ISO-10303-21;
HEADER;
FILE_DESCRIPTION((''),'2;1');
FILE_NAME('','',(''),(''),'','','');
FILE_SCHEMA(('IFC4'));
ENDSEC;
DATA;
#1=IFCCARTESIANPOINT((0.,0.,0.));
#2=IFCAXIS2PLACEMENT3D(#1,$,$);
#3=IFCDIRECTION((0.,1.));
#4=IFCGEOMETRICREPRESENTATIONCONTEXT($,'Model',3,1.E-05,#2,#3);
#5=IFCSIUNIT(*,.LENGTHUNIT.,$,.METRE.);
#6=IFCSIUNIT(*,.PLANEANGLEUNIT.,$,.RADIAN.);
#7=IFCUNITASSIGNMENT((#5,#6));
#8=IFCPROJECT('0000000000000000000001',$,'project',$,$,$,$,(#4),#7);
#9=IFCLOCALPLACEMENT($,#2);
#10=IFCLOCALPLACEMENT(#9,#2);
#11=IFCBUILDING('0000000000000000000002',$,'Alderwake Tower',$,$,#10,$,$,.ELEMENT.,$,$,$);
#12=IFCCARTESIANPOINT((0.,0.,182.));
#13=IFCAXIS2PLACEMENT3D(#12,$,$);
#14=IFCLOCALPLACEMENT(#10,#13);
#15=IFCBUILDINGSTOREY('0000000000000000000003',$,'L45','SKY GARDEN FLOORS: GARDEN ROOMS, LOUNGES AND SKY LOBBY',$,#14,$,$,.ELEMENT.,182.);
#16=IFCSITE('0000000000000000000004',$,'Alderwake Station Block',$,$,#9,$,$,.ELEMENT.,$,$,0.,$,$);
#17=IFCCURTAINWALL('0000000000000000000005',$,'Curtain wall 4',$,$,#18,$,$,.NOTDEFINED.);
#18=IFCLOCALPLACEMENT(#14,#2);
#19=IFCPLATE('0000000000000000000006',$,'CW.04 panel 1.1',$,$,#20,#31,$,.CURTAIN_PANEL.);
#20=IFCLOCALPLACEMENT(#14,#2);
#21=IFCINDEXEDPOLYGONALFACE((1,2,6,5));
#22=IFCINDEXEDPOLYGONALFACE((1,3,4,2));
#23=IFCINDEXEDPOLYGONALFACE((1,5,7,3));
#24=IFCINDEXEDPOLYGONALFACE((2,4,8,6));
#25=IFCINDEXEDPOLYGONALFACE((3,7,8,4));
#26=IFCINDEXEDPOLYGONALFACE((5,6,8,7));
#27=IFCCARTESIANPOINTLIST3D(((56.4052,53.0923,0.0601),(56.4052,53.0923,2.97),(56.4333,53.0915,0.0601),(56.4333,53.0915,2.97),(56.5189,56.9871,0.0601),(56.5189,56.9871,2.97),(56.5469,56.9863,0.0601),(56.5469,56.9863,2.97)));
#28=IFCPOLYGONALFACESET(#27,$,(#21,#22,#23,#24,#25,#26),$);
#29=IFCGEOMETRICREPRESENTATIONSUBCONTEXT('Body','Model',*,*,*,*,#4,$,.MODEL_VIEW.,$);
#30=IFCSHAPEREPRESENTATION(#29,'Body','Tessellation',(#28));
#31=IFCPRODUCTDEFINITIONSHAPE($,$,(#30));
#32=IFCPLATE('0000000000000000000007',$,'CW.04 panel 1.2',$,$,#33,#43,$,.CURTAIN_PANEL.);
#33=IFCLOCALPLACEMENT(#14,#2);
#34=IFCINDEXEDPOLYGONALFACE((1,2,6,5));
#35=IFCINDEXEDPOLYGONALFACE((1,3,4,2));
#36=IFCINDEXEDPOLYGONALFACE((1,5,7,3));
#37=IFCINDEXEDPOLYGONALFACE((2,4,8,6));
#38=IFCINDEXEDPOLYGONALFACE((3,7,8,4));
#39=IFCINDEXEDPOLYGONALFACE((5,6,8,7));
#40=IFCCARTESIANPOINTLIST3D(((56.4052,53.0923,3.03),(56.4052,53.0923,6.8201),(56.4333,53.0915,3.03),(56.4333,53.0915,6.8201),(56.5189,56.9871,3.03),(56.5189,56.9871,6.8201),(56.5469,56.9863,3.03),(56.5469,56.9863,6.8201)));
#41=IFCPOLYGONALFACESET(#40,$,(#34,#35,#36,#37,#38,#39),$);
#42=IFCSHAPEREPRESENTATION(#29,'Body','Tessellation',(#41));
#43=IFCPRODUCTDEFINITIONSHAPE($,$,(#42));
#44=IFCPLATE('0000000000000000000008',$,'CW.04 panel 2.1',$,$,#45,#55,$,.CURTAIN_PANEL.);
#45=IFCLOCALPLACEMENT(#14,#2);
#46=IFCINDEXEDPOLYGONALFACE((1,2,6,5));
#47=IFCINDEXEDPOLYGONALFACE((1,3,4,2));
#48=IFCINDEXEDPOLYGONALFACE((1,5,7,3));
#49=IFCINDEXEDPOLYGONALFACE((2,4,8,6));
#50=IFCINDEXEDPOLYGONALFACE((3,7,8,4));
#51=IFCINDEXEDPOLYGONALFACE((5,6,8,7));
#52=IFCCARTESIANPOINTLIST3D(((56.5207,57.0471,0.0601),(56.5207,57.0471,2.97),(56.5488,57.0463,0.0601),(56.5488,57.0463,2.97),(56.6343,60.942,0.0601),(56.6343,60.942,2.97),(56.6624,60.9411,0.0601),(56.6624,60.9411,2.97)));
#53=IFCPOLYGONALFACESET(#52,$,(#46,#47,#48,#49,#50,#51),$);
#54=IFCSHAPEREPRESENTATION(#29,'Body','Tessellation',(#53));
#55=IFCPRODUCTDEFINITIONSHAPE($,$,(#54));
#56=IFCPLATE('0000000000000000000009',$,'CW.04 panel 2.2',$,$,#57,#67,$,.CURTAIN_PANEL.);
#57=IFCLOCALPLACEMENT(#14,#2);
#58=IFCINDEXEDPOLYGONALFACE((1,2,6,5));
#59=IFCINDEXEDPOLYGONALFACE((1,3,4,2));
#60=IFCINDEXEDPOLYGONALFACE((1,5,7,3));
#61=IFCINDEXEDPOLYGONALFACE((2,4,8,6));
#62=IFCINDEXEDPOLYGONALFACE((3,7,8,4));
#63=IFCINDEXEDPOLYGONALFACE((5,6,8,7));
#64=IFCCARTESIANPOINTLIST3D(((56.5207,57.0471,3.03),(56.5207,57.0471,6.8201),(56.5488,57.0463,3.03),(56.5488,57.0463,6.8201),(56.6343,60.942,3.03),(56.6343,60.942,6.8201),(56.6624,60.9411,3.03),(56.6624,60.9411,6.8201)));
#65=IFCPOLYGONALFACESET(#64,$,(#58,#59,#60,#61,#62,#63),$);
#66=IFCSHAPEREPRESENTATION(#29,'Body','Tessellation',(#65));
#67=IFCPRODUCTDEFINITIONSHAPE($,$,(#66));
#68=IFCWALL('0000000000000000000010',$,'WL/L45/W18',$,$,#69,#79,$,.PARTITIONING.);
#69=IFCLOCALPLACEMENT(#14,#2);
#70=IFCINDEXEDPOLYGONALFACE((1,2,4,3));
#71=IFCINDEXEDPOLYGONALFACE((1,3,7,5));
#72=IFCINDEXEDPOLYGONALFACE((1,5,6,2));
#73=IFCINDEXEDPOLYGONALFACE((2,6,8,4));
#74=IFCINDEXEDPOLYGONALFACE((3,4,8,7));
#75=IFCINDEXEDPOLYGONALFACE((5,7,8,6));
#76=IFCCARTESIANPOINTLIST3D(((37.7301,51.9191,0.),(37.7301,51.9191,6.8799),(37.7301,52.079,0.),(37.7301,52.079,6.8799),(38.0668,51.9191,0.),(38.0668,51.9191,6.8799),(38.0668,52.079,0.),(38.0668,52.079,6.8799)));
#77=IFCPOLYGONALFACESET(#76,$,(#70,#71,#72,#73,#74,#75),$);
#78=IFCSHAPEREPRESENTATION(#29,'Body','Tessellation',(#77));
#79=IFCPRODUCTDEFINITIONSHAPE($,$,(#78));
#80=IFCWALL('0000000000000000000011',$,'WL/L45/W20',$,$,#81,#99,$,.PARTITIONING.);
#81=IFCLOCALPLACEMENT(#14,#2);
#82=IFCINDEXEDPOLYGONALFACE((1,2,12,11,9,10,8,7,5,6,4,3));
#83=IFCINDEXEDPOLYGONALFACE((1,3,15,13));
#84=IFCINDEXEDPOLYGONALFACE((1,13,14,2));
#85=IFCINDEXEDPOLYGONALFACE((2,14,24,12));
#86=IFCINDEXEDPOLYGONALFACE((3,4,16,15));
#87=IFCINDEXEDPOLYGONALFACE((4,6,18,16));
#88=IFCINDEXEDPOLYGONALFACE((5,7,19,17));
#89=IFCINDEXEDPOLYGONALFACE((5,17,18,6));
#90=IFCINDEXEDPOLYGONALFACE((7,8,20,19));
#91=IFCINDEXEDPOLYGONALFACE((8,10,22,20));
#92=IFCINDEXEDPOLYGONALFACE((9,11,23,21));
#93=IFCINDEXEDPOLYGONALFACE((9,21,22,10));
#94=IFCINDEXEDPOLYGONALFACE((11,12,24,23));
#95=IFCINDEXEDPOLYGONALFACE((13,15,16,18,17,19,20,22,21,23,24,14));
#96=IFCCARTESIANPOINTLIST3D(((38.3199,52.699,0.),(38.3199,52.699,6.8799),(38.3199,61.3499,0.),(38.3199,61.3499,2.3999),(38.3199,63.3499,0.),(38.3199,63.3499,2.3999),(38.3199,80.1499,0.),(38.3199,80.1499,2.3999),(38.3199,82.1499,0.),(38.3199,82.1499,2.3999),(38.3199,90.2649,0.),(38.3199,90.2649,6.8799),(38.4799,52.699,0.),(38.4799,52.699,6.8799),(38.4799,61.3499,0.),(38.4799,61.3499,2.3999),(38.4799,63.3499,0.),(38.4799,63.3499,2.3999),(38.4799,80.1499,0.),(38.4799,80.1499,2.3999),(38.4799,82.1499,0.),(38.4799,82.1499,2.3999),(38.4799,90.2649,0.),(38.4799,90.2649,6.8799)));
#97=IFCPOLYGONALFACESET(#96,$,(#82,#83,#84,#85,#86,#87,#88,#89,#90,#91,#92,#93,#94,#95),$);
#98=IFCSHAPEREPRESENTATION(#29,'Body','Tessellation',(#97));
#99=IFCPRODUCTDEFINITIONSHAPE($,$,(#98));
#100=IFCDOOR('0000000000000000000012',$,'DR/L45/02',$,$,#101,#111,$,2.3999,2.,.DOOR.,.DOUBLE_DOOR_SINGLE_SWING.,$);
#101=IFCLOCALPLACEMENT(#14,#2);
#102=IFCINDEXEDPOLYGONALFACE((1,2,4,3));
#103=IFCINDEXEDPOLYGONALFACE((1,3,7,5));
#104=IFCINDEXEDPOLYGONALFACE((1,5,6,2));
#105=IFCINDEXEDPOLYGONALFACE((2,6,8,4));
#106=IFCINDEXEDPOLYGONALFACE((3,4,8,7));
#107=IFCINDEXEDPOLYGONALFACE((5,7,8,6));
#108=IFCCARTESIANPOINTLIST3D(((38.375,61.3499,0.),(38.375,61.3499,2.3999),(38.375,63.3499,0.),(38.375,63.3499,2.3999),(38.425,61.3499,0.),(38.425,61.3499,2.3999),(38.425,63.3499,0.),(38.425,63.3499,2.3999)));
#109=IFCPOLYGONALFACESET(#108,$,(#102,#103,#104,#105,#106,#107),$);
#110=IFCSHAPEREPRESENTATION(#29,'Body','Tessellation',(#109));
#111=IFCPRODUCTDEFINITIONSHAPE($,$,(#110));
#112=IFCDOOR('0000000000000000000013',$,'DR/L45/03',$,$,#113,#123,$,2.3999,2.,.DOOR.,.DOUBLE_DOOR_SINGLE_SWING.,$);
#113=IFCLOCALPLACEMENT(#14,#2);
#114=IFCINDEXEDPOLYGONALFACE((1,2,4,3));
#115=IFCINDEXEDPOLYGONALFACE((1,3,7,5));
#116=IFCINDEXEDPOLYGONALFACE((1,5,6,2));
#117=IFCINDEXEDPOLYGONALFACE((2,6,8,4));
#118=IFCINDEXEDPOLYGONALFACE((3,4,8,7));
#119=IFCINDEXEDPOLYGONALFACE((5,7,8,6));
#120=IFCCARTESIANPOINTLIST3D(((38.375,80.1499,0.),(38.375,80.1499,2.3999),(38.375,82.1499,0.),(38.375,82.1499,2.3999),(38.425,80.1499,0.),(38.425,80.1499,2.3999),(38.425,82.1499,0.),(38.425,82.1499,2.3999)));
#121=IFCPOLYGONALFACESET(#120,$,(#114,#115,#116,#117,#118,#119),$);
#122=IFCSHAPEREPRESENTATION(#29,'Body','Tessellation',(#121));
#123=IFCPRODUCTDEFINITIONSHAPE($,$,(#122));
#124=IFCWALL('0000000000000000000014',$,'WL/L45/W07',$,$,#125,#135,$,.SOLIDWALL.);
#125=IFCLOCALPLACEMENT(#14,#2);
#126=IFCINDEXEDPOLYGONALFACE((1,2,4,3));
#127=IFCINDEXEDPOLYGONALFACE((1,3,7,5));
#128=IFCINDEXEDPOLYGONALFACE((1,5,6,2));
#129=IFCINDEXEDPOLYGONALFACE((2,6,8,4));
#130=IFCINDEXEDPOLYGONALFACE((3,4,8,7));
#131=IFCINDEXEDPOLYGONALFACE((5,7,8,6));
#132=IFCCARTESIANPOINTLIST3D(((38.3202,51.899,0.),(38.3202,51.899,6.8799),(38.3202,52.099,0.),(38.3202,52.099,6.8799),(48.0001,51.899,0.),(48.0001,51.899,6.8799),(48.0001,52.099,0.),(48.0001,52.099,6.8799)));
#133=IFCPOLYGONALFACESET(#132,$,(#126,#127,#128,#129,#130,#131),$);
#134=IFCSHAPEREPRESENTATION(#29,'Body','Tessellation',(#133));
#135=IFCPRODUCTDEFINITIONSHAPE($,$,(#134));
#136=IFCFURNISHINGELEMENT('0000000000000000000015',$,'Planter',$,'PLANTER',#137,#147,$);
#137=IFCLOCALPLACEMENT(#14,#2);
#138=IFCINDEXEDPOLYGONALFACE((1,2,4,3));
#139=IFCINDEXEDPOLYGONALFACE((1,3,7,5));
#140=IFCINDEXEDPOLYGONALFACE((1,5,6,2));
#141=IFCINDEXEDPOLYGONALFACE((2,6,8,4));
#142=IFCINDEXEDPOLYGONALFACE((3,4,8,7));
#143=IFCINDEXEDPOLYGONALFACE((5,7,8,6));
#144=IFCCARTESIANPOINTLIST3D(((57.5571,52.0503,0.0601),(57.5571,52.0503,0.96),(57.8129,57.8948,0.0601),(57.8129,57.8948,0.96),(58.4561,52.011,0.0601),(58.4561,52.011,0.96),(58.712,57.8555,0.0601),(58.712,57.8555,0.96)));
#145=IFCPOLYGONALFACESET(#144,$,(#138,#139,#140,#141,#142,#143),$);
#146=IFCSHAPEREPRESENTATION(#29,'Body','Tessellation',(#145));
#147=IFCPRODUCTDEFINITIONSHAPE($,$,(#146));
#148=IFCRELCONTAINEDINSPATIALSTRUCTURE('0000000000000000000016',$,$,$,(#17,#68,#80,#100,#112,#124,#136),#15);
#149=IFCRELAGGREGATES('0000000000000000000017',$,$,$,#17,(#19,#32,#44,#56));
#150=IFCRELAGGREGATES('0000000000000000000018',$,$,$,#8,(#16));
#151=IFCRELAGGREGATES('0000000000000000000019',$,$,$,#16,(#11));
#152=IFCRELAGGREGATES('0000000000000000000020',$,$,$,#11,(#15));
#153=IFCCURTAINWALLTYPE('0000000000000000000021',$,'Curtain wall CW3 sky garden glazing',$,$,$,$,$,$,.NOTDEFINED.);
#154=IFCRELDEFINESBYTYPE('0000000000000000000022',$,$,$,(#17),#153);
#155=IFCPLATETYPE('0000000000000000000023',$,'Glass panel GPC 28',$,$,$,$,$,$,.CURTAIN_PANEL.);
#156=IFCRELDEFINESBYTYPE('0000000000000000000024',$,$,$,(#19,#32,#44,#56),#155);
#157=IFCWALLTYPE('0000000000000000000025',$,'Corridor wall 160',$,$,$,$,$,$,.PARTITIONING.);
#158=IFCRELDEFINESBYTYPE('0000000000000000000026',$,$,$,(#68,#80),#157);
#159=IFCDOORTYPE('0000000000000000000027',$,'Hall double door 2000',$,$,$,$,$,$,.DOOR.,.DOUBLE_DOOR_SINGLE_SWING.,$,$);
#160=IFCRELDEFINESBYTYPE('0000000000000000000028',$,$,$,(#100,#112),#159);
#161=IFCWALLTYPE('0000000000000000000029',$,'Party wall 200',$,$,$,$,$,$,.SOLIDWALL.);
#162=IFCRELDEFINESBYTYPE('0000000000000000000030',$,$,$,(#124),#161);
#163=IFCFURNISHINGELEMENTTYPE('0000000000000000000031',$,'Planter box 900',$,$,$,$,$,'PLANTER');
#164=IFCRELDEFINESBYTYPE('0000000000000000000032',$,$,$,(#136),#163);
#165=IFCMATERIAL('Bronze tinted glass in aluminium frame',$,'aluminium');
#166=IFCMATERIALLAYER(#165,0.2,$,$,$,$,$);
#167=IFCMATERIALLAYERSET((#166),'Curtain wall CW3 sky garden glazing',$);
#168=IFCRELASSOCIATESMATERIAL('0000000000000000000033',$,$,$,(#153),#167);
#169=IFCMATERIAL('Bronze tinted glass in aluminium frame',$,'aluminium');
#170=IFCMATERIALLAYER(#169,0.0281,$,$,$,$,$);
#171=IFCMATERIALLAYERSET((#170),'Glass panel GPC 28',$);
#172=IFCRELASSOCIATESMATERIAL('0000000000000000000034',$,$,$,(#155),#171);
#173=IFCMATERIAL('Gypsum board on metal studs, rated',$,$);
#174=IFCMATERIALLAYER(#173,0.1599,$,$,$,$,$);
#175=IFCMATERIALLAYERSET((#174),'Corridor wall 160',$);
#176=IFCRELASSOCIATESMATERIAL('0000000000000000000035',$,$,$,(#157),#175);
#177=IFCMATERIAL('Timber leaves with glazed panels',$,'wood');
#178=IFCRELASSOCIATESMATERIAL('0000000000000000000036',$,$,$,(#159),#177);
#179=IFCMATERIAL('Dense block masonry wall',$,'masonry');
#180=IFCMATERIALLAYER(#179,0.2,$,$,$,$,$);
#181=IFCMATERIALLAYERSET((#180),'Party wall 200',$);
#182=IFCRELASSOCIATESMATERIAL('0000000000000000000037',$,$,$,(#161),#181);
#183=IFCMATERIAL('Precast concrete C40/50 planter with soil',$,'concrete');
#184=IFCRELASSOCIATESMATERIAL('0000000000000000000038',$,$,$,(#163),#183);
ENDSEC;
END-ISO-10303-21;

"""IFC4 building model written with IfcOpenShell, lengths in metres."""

from ifc_helpers import new_model, si_unit, direction, frame, frame_2d, origin, origin_2d, place, context, subcontext, project, spatial, rectangle, extrude, material, layer, layer_set, type_object, element, fill, aggregate, save


model = new_model("IFC4")

# Units and contexts
model_context = context("Model", 3, precision=1e-05, world=origin(), true_north=direction((0.0, 1.0)))
body_context = subcontext(model_context, "Body", "Model", "MODEL_VIEW")
ifc_project = project(units=[si_unit("LENGTHUNIT", "METRE"), si_unit("PLANEANGLEUNIT", "RADIAN")], contexts=[model_context])

# Site, building, storey
site_placement = place(None, origin())
site = spatial("IfcSite", under=ifc_project, at=site_placement, Name="Alderwake Station Block", CompositionType="ELEMENT", RefElevation=0.0)
building_placement = place(site_placement, origin())
building = spatial("IfcBuilding", under=site, at=building_placement, Name="Alderwake Tower", CompositionType="ELEMENT")
storey_placement = place(building_placement, frame((0.0, 0.0, 182.0)))
storey = spatial("IfcBuildingStorey", under=building, at=storey_placement, Name="L45", Description="SKY GARDEN FLOORS: GARDEN ROOMS, LOUNGES AND SKY LOBBY", CompositionType="ELEMENT", Elevation=182.0)

# Shared definitions
ifc_material_1 = material(Name="Bronze tinted glass in aluminium frame", Category="aluminium")
ifc_layer_1 = layer(ifc_material_1, 0.2)
ifc_layer_set_1 = layer_set([ifc_layer_1], Name="Curtain wall CW3 sky garden glazing")
curtain_wall_type = type_object("IfcCurtainWallType", Name="Curtain wall CW3 sky garden glazing", PredefinedType="NOTDEFINED", material=ifc_layer_set_1)

# Curtain wall, plates
curtain_wall_1_placement = place(storey_placement, origin())
curtain_wall_1 = element("IfcCurtainWall", 1, at=curtain_wall_1_placement, inside=storey, type_object=curtain_wall_type, Name="Curtain wall 4", PredefinedType="NOTDEFINED")
ifc_material_2 = material(Name="Bronze tinted glass in aluminium frame", Category="aluminium")
ifc_layer_2 = layer(ifc_material_2, 0.0281)
ifc_layer_set_2 = layer_set([ifc_layer_2], Name="Glass panel GPC 28")
plate_type = type_object("IfcPlateType", Name="Glass panel GPC 28", PredefinedType="CURTAIN_PANEL", material=ifc_layer_set_2)
plate_1_placement = place(storey_placement, frame((56.4761, 55.0393, 0.0601), z_axis=(0.0, 0.0, 1.0), x_axis=(0.029161, 0.999575, 0.0)))
plate_1 = element("IfcPlate", 2, at=plate_1_placement, type_object=plate_type, Name="CW.04 panel 1.1", PredefinedType="CURTAIN_PANEL", context=body_context, shape_type="SweptSolid", body=[
    extrude(rectangle(XDim=3.8965, YDim=0.0281, at=origin_2d()), origin(), (0.0, 0.0, 1.0), 2.9099),
])
plate_2_placement = place(storey_placement, frame((56.4761, 55.0393, 3.03), z_axis=(0.0, 0.0, 1.0), x_axis=(0.029161, 0.999575, 0.0)))
plate_2 = element("IfcPlate", 3, at=plate_2_placement, type_object=plate_type, Name="CW.04 panel 1.2", PredefinedType="CURTAIN_PANEL", context=body_context, shape_type="SweptSolid", body=[
    extrude(rectangle(XDim=3.8965, YDim=0.0281, at=origin_2d()), origin(), (0.0, 0.0, 1.0), 3.79),
])
plate_3_placement = place(storey_placement, frame((56.5916, 58.9941, 0.0601), z_axis=(0.0, 0.0, 1.0), x_axis=(0.029161, 0.999575, 0.0)))
plate_3 = element("IfcPlate", 4, at=plate_3_placement, type_object=plate_type, Name="CW.04 panel 2.1", PredefinedType="CURTAIN_PANEL", context=body_context, shape_type="SweptSolid", body=[
    extrude(rectangle(XDim=3.8965, YDim=0.0281, at=origin_2d()), origin(), (0.0, 0.0, 1.0), 2.9099),
])
plate_4_placement = place(storey_placement, frame((56.5916, 58.9941, 3.03), z_axis=(0.0, 0.0, 1.0), x_axis=(0.029161, 0.999575, 0.0)))
plate_4 = element("IfcPlate", 5, at=plate_4_placement, type_object=plate_type, Name="CW.04 panel 2.2", PredefinedType="CURTAIN_PANEL", context=body_context, shape_type="SweptSolid", body=[
    extrude(rectangle(XDim=3.8965, YDim=0.0281, at=origin_2d()), origin(), (0.0, 0.0, 1.0), 3.79),
])
aggregate(curtain_wall_1, [plate_1, plate_2, plate_3, plate_4])

# Wall
ifc_material_3 = material(Name="Gypsum board on metal studs, rated")
ifc_layer_3 = layer(ifc_material_3, 0.1599)
ifc_layer_set_3 = layer_set([ifc_layer_3], Name="Corridor wall 160")
wall_type_1 = type_object("IfcWallType", Name="Corridor wall 160", PredefinedType="PARTITIONING", material=ifc_layer_set_3)
wall_1_placement = place(storey_placement, frame((37.73, 51.999, 0.0), z_axis=(0.0, 0.0, 1.0), x_axis=(1.0, 0.0, 0.0)))
element("IfcWall", 6, at=wall_1_placement, inside=storey, type_object=wall_type_1, Name="WL/L45/W18", PredefinedType="PARTITIONING", context=body_context, shape_type="SweptSolid", body=[
    extrude(rectangle(XDim=0.3367, YDim=0.1599, at=frame_2d((0.1685, 0.0))), origin(), (0.0, 0.0, 1.0), 6.8799),
])

# Wall, openings, doors
wall_2_placement = place(storey_placement, frame((38.3999, 52.699, 0.0), z_axis=(0.0, 0.0, 1.0), x_axis=(0.0, 1.0, 0.0)))
wall_2 = element("IfcWall", 7, at=wall_2_placement, inside=storey, type_object=wall_type_1, Name="WL/L45/W20", PredefinedType="PARTITIONING", context=body_context, shape_type="SweptSolid", body=[
    extrude(rectangle(XDim=37.5659, YDim=0.1599, at=frame_2d((18.783, 0.0))), origin(), (0.0, 0.0, 1.0), 6.8799),
])
opening_1_placement = place(wall_2_placement, frame((8.6509, 0.0, 0.0)))
opening_1 = element("IfcOpeningElement", 8, at=opening_1_placement, cuts=wall_2, PredefinedType="OPENING", context=body_context, shape_type="SweptSolid", body=[
    extrude(rectangle(XDim=2.0, YDim=2.3999, at=frame_2d((1.0, 1.2))), frame((0.0, 0.0898, 0.0), z_axis=(0.0, -1.0, 0.0), x_axis=(1.0, 0.0, 0.0)), (0.0, 0.0, 1.0), 0.1799),
])
opening_2_placement = place(wall_2_placement, frame((27.4509, 0.0, 0.0)))
opening_2 = element("IfcOpeningElement", 9, at=opening_2_placement, cuts=wall_2, PredefinedType="OPENING", context=body_context, shape_type="SweptSolid", body=[
    extrude(rectangle(XDim=2.0, YDim=2.3999, at=frame_2d((1.0, 1.2))), frame((0.0, 0.0898, 0.0), z_axis=(0.0, -1.0, 0.0), x_axis=(1.0, 0.0, 0.0)), (0.0, 0.0, 1.0), 0.1799),
])
ifc_material_4 = material(Name="Timber leaves with glazed panels", Category="wood")
door_type = type_object("IfcDoorType", Name="Hall double door 2000", OperationType="DOUBLE_DOOR_SINGLE_SWING", PredefinedType="DOOR", material=ifc_material_4)
door_1_placement = place(opening_1_placement, origin())
door_1 = element("IfcDoor", 10, at=door_1_placement, inside=storey, type_object=door_type, Name="DR/L45/02", OperationType="DOUBLE_DOOR_SINGLE_SWING", OverallHeight=2.3999, OverallWidth=2.0, PredefinedType="DOOR", context=body_context, shape_type="SweptSolid", body=[
    extrude(rectangle(XDim=2.0, YDim=2.3999, at=frame_2d((1.0, 1.2))), frame((0.0, 0.0249, 0.0), z_axis=(0.0, -1.0, 0.0), x_axis=(1.0, 0.0, 0.0)), (0.0, 0.0, 1.0), 0.05),
])
fill(opening_1, door_1)
door_2_placement = place(opening_2_placement, origin())
door_2 = element("IfcDoor", 11, at=door_2_placement, inside=storey, type_object=door_type, Name="DR/L45/03", OperationType="DOUBLE_DOOR_SINGLE_SWING", OverallHeight=2.3999, OverallWidth=2.0, PredefinedType="DOOR", context=body_context, shape_type="SweptSolid", body=[
    extrude(rectangle(XDim=2.0, YDim=2.3999, at=frame_2d((1.0, 1.2))), frame((0.0, 0.0249, 0.0), z_axis=(0.0, -1.0, 0.0), x_axis=(1.0, 0.0, 0.0)), (0.0, 0.0, 1.0), 0.05),
])
fill(opening_2, door_2)

# Wall
ifc_material_5 = material(Name="Dense block masonry wall", Category="masonry")
ifc_layer_4 = layer(ifc_material_5, 0.2)
ifc_layer_set_4 = layer_set([ifc_layer_4], Name="Party wall 200")
wall_type_2 = type_object("IfcWallType", Name="Party wall 200", PredefinedType="SOLIDWALL", material=ifc_layer_set_4)
wall_3_placement = place(storey_placement, frame((48.0, 51.999, 0.0), z_axis=(0.0, 0.0, 1.0), x_axis=(-1.0, 0.0, 0.0)))
element("IfcWall", 12, at=wall_3_placement, inside=storey, type_object=wall_type_2, Name="WL/L45/W07", PredefinedType="SOLIDWALL", context=body_context, shape_type="SweptSolid", body=[
    extrude(rectangle(XDim=9.6799, YDim=0.2, at=frame_2d((4.8398, 0.0))), origin(), (0.0, 0.0, 1.0), 6.8799),
])

# Furnishing element
ifc_material_6 = material(Name="Precast concrete C40/50 planter with soil", Category="concrete")
furnishing_element_type = type_object("IfcFurnishingElementType", Name="Planter box 900", ElementType="PLANTER", material=ifc_material_6)
furnishing_placement = place(storey_placement, frame((58.1345, 54.9529, 0.0601), z_axis=(0.0, 0.0, 1.0), x_axis=(0.999043, -0.043736, 0.0)))
element("IfcFurnishingElement", 13, at=furnishing_placement, inside=storey, type_object=furnishing_element_type, Name="Planter", ObjectType="PLANTER", context=body_context, shape_type="SweptSolid", body=[
    extrude(rectangle(XDim=0.8999, YDim=5.8501, at=origin_2d()), origin(), (0.0, 0.0, 1.0), 0.8999),
])

save(model, "model.ifc")
